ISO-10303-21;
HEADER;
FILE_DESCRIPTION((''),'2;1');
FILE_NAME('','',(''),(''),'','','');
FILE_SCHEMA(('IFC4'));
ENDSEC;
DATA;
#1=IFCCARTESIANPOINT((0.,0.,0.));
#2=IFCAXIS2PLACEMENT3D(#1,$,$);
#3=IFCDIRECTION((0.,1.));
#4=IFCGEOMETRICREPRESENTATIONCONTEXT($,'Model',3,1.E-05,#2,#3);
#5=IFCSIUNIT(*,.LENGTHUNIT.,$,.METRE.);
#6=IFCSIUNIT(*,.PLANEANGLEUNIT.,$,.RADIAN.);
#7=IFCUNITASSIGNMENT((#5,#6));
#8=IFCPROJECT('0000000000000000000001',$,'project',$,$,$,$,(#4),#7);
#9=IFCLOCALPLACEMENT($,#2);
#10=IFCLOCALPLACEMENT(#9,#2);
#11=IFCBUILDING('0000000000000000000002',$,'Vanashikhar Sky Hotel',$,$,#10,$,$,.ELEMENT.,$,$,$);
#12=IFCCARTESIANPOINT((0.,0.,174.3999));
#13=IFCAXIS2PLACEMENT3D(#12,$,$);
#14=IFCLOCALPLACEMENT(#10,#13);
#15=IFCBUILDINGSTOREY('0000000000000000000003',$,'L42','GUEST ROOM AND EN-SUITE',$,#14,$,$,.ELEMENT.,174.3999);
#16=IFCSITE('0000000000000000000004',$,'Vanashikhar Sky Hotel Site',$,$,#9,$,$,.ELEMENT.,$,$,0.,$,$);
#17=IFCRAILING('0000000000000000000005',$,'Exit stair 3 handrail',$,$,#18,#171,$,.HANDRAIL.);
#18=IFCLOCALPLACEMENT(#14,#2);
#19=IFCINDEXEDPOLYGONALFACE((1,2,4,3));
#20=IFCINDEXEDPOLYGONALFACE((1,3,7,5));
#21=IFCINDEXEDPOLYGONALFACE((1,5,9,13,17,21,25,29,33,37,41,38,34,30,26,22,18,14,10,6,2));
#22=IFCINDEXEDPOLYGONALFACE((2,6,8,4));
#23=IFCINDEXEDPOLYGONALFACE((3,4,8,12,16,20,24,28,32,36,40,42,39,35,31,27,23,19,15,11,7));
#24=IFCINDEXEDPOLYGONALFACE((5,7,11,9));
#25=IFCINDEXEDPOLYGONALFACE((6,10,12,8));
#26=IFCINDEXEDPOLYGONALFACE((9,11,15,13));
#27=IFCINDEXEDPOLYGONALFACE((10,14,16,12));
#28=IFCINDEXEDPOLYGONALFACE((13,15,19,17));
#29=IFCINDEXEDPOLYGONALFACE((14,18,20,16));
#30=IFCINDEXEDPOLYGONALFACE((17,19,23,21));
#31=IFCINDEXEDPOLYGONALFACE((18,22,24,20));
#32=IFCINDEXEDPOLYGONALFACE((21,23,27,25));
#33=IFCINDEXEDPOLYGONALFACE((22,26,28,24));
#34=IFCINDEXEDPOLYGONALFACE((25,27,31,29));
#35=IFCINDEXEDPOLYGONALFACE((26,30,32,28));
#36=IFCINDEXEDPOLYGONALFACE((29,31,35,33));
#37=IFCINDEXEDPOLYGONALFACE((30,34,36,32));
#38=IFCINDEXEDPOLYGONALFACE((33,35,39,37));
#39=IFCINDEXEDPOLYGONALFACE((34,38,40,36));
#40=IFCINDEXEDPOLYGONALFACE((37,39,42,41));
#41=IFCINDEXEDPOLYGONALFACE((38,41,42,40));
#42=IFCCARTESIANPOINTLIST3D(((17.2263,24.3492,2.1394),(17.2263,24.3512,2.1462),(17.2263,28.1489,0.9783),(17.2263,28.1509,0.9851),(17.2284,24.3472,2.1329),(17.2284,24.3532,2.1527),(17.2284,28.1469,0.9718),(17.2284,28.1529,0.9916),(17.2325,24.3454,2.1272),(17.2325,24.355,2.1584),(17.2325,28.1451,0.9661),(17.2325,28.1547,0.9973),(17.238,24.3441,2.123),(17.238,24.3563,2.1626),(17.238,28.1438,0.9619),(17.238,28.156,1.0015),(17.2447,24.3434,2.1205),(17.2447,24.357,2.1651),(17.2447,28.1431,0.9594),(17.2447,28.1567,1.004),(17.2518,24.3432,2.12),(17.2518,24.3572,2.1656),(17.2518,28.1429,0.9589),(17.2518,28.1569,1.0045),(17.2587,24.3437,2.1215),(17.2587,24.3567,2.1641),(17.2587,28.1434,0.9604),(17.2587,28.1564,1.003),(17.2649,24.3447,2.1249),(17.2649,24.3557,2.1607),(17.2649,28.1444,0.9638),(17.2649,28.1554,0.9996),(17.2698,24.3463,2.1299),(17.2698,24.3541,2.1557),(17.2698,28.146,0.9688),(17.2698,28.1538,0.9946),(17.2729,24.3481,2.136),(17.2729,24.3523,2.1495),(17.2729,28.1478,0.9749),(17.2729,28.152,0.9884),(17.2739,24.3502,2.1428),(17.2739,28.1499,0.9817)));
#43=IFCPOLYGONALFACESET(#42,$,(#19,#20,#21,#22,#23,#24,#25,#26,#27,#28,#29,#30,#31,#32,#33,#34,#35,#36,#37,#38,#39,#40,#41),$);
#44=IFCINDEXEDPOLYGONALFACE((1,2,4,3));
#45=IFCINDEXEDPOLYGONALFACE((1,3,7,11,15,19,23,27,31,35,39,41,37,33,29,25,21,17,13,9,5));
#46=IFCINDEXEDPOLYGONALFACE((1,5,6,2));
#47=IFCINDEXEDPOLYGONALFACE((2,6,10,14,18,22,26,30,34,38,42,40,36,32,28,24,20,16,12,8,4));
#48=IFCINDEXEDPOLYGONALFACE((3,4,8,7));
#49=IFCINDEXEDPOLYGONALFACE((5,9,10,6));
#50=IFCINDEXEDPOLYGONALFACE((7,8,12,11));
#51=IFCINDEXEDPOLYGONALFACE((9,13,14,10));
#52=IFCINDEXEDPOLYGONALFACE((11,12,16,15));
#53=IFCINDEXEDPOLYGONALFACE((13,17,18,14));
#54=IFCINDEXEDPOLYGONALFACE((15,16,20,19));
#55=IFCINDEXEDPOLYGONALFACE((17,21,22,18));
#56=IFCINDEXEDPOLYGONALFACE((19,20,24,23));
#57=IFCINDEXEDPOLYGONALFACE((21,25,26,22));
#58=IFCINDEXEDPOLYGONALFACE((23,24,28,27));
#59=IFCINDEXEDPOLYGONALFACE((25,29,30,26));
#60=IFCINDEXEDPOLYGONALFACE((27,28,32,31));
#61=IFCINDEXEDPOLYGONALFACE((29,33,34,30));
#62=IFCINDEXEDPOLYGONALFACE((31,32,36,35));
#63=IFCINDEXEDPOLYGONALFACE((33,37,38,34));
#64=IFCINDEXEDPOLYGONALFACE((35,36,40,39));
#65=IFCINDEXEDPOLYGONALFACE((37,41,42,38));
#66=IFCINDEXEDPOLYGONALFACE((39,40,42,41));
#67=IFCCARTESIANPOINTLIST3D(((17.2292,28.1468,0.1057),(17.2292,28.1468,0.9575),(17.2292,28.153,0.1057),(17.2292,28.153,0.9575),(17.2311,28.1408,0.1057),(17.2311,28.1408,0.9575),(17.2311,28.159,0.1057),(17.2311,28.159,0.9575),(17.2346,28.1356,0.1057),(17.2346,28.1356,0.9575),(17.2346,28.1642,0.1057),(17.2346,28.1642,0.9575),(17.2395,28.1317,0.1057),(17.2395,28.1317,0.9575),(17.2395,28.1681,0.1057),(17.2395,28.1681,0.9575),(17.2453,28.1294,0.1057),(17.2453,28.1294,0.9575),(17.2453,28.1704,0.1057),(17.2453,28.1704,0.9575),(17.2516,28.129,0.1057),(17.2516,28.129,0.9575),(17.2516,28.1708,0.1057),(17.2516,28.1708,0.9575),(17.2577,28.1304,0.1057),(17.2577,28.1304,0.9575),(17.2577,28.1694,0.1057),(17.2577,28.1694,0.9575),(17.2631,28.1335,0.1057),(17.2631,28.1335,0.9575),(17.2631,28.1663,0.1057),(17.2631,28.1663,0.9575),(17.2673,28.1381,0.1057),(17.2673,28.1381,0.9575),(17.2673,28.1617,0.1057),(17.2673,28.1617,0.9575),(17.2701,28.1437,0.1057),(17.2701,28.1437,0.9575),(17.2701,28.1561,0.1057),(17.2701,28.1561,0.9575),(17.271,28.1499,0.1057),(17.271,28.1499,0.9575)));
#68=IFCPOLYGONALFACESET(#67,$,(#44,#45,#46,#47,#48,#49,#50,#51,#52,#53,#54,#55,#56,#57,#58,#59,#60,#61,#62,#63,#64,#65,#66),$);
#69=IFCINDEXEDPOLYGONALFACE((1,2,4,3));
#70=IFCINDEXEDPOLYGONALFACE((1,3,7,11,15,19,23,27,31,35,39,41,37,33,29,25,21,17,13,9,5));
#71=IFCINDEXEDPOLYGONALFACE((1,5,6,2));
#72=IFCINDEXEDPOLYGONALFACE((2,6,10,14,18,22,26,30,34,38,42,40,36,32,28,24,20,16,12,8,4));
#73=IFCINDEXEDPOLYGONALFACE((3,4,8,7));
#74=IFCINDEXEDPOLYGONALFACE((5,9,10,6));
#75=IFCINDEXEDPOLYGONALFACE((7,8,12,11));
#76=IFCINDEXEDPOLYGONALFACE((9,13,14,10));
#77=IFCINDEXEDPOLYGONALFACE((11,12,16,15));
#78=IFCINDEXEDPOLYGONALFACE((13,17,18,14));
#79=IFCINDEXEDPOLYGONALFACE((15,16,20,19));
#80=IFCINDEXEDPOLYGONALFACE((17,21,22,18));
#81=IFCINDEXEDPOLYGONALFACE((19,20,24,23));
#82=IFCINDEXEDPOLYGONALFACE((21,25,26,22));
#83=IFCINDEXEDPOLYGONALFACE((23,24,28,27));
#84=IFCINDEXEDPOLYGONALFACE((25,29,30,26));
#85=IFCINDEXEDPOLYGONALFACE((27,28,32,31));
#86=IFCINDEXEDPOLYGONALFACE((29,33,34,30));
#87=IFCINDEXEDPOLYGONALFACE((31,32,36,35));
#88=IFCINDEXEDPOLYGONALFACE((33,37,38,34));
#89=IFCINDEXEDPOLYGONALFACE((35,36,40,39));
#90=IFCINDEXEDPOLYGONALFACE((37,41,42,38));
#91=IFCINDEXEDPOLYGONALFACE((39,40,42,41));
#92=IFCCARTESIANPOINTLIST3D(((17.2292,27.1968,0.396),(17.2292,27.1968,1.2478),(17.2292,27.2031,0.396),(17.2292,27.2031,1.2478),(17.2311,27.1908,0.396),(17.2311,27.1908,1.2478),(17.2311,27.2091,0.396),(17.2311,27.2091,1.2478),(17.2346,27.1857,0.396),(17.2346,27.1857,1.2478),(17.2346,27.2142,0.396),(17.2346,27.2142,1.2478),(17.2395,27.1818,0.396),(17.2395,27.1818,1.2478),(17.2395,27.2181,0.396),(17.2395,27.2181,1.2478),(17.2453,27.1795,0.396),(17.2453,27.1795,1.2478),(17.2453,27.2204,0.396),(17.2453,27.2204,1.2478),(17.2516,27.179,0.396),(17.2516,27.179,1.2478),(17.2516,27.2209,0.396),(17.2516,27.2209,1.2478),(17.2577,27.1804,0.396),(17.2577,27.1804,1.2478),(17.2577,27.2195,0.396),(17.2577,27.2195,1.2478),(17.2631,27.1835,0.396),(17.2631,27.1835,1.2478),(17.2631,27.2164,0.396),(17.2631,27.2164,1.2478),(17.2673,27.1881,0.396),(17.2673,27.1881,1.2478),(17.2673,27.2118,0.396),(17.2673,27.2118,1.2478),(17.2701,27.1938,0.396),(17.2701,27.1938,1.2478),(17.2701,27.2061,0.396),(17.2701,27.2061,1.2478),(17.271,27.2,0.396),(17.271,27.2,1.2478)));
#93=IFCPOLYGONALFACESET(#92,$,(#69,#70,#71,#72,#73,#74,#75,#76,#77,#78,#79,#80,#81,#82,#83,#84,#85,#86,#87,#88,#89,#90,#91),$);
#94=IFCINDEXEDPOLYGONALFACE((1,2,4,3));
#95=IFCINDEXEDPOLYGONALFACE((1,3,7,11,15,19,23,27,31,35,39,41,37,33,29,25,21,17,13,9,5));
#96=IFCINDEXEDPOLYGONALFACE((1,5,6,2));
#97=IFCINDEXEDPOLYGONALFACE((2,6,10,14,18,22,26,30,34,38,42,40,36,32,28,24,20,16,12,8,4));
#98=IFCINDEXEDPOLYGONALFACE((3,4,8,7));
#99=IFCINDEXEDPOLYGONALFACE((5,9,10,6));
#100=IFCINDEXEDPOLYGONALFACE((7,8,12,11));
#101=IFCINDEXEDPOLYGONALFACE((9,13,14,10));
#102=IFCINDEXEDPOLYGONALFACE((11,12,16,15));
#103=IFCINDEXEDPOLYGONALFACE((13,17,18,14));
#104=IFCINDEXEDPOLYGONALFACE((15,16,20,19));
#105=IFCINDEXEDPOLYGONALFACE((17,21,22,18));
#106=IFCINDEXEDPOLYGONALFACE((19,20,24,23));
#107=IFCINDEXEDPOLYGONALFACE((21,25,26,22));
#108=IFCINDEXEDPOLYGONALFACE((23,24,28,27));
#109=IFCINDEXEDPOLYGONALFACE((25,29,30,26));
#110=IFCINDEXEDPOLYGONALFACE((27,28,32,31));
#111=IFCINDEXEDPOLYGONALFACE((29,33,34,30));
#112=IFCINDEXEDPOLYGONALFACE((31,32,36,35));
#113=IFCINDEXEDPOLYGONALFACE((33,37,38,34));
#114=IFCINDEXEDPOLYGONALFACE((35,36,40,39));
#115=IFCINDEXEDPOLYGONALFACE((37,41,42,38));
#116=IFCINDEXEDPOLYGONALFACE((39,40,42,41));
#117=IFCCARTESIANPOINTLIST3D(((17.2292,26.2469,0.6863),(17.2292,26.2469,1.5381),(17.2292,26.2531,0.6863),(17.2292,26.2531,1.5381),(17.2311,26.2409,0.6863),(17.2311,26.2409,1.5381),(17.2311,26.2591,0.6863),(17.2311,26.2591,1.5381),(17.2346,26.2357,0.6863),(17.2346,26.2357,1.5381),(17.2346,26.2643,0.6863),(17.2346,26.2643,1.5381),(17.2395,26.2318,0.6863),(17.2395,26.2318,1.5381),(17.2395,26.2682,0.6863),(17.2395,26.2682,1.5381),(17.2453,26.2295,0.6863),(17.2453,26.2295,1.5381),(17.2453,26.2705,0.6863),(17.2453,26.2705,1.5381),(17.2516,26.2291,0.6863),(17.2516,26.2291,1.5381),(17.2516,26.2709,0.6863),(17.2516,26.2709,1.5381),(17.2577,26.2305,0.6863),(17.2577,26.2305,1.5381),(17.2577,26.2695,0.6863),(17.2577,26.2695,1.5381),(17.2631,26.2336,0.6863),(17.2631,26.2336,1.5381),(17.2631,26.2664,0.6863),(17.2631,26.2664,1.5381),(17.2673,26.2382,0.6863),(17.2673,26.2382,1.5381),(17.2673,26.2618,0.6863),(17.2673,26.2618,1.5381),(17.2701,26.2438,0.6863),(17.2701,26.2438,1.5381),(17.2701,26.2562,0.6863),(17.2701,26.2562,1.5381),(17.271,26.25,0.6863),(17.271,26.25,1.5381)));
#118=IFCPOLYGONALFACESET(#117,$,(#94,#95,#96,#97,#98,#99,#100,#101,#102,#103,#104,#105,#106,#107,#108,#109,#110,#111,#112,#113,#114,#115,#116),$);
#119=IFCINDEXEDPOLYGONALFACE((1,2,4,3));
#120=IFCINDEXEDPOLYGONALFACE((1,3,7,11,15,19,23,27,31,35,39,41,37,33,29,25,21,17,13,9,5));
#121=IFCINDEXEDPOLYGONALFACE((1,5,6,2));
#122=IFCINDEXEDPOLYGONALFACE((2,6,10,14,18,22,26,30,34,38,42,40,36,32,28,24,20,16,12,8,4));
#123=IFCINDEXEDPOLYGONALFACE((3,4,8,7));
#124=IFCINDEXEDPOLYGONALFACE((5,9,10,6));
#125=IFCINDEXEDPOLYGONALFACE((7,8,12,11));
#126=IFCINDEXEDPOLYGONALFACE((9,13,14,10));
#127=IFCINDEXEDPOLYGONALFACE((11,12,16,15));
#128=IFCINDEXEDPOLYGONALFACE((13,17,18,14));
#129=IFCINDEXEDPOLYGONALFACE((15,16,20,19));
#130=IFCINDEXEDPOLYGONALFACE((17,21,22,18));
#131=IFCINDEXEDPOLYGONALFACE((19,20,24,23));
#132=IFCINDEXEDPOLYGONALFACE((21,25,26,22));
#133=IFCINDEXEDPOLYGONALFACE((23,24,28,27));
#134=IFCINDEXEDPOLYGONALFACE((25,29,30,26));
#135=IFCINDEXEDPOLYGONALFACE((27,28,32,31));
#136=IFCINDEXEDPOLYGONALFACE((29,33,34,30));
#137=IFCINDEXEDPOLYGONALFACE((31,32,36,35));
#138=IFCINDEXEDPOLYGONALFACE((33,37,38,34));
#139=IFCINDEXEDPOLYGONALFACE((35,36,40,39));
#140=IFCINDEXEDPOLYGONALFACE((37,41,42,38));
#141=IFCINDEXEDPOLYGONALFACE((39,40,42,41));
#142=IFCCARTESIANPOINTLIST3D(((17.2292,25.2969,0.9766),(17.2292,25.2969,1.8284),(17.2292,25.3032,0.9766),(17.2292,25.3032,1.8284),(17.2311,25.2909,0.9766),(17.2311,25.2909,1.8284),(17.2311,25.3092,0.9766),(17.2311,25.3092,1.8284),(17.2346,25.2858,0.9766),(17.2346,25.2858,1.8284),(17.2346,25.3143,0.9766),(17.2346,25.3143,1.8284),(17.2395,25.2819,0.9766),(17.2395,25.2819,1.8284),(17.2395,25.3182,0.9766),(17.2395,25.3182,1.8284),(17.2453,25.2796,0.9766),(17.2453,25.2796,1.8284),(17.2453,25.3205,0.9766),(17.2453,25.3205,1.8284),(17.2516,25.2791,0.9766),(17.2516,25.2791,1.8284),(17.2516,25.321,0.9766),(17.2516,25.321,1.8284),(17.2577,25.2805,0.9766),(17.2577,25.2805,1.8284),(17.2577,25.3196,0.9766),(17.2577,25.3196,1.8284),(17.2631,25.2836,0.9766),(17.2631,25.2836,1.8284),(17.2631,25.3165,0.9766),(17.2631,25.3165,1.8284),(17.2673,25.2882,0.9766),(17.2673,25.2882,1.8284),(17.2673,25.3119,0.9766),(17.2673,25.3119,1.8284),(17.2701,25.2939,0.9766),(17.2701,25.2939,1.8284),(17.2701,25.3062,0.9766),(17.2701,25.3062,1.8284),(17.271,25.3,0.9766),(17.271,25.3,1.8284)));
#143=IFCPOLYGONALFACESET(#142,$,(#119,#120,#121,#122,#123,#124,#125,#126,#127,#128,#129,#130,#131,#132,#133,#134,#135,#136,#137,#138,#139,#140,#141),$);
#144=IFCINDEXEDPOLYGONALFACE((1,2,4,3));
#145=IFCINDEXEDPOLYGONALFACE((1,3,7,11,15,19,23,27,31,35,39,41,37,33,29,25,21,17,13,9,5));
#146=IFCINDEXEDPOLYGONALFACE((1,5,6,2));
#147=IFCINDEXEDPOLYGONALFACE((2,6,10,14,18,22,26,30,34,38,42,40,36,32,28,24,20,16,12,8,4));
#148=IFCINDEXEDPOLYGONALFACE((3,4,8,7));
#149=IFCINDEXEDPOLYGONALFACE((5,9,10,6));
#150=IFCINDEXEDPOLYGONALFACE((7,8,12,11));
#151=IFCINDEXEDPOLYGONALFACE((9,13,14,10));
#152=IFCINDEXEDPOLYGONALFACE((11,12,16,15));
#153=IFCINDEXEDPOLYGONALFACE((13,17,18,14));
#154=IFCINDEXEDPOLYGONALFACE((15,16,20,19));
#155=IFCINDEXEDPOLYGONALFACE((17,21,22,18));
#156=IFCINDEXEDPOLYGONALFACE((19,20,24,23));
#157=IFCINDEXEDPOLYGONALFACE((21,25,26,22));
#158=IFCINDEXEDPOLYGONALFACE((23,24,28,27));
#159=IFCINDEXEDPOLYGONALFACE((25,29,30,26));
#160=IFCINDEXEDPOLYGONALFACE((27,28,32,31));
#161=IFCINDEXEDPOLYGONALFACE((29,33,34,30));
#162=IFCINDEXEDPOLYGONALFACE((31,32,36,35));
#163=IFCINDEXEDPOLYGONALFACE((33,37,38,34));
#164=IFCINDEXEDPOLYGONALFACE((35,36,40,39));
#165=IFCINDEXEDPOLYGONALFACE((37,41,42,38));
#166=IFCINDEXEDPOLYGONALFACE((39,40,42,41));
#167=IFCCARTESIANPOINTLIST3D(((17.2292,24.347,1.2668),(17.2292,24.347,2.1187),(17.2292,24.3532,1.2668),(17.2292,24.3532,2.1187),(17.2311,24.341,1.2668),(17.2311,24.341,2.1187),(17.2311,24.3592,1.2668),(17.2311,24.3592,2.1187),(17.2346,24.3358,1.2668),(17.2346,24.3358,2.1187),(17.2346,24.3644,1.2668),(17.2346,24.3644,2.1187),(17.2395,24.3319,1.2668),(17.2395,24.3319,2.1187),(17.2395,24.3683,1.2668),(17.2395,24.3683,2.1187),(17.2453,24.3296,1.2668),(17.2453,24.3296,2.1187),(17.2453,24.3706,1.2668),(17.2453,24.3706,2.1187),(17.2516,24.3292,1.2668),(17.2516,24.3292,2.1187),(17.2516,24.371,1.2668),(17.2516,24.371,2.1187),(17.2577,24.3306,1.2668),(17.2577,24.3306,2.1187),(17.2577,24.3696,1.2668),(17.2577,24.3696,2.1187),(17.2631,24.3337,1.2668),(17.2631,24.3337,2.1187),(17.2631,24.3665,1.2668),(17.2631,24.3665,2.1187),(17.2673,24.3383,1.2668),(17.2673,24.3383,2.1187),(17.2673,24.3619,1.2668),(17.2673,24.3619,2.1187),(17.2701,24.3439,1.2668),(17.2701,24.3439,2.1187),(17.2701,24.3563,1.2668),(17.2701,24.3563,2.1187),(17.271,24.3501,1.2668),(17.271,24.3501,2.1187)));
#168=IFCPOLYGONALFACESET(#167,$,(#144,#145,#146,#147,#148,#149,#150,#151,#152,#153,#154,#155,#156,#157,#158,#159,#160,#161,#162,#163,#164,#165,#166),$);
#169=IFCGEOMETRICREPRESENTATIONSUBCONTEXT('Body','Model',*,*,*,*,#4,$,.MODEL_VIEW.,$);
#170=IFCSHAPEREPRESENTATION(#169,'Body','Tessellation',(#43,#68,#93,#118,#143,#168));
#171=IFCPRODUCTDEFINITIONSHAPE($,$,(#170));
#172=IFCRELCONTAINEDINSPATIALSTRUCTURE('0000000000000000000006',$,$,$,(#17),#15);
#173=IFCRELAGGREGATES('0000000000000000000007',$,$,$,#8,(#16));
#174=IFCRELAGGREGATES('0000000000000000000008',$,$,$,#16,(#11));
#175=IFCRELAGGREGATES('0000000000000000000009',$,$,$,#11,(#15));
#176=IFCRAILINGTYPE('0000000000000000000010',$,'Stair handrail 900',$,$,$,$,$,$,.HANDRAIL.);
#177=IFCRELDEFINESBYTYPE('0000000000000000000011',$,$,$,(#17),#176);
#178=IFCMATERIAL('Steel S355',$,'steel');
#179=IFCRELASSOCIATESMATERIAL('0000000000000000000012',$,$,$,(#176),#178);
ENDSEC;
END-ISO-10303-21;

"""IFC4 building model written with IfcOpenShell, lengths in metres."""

from ifc_helpers import new_model, si_unit, direction, frame, origin, origin_2d, place, context, subcontext, project, spatial, circle, extrude, source, transform, mapped, material, type_object, element, save


model = new_model("IFC4")

# Units and contexts
model_context = context("Model", 3, precision=1e-05, world=origin(), true_north=direction((0.0, 1.0)))
body_context = subcontext(model_context, "Body", "Model", "MODEL_VIEW")
ifc_project = project(units=[si_unit("LENGTHUNIT", "METRE"), si_unit("PLANEANGLEUNIT", "RADIAN")], contexts=[model_context])

# Site, building, storey
site_placement = place(None, origin())
site = spatial("IfcSite", under=ifc_project, at=site_placement, Name="Vanashikhar Sky Hotel Site", CompositionType="ELEMENT", RefElevation=0.0)
building_placement = place(site_placement, origin())
building = spatial("IfcBuilding", under=site, at=building_placement, Name="Vanashikhar Sky Hotel", CompositionType="ELEMENT")
storey_placement = place(building_placement, frame((0.0, 0.0, 174.3999)))
storey = spatial("IfcBuildingStorey", under=building, at=storey_placement, Name="L42", Description="GUEST ROOM AND EN-SUITE", CompositionType="ELEMENT", Elevation=174.3999)

# Railing
ifc_material_1 = material(Name="Steel S355", Category="steel")
railing_type_1 = type_object("IfcRailingType", Name="Stair handrail 900", PredefinedType="HANDRAIL", material=ifc_material_1)
shared_shape_1 = source(origin(), body_context, "Body", "SweptSolid", [
    extrude(circle(Radius=0.0239, at=origin_2d()), frame((0.0, 0.0, 0.876), z_axis=(0.0, -0.956346, 0.292237), x_axis=(1.0, 0.0, 0.0)), (0.0, 0.0, 1.0), 3.9731),
    extrude(circle(Radius=0.021, at=origin_2d()), origin(), (0.0, 0.0, 1.0), 0.8518),
    extrude(circle(Radius=0.021, at=origin_2d()), frame((0.0, -0.95, 0.2903)), (0.0, 0.0, 1.0), 0.8518),
    extrude(circle(Radius=0.021, at=origin_2d()), frame((0.0, -1.8999, 0.5806)), (0.0, 0.0, 1.0), 0.8518),
    extrude(circle(Radius=0.021, at=origin_2d()), frame((0.0, -2.8499, 0.8708)), (0.0, 0.0, 1.0), 0.8518),
    extrude(circle(Radius=0.021, at=origin_2d()), frame((0.0, -3.7998, 1.1611)), (0.0, 0.0, 1.0), 0.8518),
])
for number, where, name in (
    (1, (17.25, 28.1499, 0.1057), "Exit stair 3 handrail"),
):
    element("IfcRailing", number, at=place(storey_placement, frame(where)), inside=storey, type_object=railing_type_1, Name=name, PredefinedType="HANDRAIL", context=body_context, shape_type="MappedRepresentation", body=[
        mapped(shared_shape_1, transform((0.0, 0.0, 0.0), scale=1.0)),
    ])

save(model, "model.ifc")
